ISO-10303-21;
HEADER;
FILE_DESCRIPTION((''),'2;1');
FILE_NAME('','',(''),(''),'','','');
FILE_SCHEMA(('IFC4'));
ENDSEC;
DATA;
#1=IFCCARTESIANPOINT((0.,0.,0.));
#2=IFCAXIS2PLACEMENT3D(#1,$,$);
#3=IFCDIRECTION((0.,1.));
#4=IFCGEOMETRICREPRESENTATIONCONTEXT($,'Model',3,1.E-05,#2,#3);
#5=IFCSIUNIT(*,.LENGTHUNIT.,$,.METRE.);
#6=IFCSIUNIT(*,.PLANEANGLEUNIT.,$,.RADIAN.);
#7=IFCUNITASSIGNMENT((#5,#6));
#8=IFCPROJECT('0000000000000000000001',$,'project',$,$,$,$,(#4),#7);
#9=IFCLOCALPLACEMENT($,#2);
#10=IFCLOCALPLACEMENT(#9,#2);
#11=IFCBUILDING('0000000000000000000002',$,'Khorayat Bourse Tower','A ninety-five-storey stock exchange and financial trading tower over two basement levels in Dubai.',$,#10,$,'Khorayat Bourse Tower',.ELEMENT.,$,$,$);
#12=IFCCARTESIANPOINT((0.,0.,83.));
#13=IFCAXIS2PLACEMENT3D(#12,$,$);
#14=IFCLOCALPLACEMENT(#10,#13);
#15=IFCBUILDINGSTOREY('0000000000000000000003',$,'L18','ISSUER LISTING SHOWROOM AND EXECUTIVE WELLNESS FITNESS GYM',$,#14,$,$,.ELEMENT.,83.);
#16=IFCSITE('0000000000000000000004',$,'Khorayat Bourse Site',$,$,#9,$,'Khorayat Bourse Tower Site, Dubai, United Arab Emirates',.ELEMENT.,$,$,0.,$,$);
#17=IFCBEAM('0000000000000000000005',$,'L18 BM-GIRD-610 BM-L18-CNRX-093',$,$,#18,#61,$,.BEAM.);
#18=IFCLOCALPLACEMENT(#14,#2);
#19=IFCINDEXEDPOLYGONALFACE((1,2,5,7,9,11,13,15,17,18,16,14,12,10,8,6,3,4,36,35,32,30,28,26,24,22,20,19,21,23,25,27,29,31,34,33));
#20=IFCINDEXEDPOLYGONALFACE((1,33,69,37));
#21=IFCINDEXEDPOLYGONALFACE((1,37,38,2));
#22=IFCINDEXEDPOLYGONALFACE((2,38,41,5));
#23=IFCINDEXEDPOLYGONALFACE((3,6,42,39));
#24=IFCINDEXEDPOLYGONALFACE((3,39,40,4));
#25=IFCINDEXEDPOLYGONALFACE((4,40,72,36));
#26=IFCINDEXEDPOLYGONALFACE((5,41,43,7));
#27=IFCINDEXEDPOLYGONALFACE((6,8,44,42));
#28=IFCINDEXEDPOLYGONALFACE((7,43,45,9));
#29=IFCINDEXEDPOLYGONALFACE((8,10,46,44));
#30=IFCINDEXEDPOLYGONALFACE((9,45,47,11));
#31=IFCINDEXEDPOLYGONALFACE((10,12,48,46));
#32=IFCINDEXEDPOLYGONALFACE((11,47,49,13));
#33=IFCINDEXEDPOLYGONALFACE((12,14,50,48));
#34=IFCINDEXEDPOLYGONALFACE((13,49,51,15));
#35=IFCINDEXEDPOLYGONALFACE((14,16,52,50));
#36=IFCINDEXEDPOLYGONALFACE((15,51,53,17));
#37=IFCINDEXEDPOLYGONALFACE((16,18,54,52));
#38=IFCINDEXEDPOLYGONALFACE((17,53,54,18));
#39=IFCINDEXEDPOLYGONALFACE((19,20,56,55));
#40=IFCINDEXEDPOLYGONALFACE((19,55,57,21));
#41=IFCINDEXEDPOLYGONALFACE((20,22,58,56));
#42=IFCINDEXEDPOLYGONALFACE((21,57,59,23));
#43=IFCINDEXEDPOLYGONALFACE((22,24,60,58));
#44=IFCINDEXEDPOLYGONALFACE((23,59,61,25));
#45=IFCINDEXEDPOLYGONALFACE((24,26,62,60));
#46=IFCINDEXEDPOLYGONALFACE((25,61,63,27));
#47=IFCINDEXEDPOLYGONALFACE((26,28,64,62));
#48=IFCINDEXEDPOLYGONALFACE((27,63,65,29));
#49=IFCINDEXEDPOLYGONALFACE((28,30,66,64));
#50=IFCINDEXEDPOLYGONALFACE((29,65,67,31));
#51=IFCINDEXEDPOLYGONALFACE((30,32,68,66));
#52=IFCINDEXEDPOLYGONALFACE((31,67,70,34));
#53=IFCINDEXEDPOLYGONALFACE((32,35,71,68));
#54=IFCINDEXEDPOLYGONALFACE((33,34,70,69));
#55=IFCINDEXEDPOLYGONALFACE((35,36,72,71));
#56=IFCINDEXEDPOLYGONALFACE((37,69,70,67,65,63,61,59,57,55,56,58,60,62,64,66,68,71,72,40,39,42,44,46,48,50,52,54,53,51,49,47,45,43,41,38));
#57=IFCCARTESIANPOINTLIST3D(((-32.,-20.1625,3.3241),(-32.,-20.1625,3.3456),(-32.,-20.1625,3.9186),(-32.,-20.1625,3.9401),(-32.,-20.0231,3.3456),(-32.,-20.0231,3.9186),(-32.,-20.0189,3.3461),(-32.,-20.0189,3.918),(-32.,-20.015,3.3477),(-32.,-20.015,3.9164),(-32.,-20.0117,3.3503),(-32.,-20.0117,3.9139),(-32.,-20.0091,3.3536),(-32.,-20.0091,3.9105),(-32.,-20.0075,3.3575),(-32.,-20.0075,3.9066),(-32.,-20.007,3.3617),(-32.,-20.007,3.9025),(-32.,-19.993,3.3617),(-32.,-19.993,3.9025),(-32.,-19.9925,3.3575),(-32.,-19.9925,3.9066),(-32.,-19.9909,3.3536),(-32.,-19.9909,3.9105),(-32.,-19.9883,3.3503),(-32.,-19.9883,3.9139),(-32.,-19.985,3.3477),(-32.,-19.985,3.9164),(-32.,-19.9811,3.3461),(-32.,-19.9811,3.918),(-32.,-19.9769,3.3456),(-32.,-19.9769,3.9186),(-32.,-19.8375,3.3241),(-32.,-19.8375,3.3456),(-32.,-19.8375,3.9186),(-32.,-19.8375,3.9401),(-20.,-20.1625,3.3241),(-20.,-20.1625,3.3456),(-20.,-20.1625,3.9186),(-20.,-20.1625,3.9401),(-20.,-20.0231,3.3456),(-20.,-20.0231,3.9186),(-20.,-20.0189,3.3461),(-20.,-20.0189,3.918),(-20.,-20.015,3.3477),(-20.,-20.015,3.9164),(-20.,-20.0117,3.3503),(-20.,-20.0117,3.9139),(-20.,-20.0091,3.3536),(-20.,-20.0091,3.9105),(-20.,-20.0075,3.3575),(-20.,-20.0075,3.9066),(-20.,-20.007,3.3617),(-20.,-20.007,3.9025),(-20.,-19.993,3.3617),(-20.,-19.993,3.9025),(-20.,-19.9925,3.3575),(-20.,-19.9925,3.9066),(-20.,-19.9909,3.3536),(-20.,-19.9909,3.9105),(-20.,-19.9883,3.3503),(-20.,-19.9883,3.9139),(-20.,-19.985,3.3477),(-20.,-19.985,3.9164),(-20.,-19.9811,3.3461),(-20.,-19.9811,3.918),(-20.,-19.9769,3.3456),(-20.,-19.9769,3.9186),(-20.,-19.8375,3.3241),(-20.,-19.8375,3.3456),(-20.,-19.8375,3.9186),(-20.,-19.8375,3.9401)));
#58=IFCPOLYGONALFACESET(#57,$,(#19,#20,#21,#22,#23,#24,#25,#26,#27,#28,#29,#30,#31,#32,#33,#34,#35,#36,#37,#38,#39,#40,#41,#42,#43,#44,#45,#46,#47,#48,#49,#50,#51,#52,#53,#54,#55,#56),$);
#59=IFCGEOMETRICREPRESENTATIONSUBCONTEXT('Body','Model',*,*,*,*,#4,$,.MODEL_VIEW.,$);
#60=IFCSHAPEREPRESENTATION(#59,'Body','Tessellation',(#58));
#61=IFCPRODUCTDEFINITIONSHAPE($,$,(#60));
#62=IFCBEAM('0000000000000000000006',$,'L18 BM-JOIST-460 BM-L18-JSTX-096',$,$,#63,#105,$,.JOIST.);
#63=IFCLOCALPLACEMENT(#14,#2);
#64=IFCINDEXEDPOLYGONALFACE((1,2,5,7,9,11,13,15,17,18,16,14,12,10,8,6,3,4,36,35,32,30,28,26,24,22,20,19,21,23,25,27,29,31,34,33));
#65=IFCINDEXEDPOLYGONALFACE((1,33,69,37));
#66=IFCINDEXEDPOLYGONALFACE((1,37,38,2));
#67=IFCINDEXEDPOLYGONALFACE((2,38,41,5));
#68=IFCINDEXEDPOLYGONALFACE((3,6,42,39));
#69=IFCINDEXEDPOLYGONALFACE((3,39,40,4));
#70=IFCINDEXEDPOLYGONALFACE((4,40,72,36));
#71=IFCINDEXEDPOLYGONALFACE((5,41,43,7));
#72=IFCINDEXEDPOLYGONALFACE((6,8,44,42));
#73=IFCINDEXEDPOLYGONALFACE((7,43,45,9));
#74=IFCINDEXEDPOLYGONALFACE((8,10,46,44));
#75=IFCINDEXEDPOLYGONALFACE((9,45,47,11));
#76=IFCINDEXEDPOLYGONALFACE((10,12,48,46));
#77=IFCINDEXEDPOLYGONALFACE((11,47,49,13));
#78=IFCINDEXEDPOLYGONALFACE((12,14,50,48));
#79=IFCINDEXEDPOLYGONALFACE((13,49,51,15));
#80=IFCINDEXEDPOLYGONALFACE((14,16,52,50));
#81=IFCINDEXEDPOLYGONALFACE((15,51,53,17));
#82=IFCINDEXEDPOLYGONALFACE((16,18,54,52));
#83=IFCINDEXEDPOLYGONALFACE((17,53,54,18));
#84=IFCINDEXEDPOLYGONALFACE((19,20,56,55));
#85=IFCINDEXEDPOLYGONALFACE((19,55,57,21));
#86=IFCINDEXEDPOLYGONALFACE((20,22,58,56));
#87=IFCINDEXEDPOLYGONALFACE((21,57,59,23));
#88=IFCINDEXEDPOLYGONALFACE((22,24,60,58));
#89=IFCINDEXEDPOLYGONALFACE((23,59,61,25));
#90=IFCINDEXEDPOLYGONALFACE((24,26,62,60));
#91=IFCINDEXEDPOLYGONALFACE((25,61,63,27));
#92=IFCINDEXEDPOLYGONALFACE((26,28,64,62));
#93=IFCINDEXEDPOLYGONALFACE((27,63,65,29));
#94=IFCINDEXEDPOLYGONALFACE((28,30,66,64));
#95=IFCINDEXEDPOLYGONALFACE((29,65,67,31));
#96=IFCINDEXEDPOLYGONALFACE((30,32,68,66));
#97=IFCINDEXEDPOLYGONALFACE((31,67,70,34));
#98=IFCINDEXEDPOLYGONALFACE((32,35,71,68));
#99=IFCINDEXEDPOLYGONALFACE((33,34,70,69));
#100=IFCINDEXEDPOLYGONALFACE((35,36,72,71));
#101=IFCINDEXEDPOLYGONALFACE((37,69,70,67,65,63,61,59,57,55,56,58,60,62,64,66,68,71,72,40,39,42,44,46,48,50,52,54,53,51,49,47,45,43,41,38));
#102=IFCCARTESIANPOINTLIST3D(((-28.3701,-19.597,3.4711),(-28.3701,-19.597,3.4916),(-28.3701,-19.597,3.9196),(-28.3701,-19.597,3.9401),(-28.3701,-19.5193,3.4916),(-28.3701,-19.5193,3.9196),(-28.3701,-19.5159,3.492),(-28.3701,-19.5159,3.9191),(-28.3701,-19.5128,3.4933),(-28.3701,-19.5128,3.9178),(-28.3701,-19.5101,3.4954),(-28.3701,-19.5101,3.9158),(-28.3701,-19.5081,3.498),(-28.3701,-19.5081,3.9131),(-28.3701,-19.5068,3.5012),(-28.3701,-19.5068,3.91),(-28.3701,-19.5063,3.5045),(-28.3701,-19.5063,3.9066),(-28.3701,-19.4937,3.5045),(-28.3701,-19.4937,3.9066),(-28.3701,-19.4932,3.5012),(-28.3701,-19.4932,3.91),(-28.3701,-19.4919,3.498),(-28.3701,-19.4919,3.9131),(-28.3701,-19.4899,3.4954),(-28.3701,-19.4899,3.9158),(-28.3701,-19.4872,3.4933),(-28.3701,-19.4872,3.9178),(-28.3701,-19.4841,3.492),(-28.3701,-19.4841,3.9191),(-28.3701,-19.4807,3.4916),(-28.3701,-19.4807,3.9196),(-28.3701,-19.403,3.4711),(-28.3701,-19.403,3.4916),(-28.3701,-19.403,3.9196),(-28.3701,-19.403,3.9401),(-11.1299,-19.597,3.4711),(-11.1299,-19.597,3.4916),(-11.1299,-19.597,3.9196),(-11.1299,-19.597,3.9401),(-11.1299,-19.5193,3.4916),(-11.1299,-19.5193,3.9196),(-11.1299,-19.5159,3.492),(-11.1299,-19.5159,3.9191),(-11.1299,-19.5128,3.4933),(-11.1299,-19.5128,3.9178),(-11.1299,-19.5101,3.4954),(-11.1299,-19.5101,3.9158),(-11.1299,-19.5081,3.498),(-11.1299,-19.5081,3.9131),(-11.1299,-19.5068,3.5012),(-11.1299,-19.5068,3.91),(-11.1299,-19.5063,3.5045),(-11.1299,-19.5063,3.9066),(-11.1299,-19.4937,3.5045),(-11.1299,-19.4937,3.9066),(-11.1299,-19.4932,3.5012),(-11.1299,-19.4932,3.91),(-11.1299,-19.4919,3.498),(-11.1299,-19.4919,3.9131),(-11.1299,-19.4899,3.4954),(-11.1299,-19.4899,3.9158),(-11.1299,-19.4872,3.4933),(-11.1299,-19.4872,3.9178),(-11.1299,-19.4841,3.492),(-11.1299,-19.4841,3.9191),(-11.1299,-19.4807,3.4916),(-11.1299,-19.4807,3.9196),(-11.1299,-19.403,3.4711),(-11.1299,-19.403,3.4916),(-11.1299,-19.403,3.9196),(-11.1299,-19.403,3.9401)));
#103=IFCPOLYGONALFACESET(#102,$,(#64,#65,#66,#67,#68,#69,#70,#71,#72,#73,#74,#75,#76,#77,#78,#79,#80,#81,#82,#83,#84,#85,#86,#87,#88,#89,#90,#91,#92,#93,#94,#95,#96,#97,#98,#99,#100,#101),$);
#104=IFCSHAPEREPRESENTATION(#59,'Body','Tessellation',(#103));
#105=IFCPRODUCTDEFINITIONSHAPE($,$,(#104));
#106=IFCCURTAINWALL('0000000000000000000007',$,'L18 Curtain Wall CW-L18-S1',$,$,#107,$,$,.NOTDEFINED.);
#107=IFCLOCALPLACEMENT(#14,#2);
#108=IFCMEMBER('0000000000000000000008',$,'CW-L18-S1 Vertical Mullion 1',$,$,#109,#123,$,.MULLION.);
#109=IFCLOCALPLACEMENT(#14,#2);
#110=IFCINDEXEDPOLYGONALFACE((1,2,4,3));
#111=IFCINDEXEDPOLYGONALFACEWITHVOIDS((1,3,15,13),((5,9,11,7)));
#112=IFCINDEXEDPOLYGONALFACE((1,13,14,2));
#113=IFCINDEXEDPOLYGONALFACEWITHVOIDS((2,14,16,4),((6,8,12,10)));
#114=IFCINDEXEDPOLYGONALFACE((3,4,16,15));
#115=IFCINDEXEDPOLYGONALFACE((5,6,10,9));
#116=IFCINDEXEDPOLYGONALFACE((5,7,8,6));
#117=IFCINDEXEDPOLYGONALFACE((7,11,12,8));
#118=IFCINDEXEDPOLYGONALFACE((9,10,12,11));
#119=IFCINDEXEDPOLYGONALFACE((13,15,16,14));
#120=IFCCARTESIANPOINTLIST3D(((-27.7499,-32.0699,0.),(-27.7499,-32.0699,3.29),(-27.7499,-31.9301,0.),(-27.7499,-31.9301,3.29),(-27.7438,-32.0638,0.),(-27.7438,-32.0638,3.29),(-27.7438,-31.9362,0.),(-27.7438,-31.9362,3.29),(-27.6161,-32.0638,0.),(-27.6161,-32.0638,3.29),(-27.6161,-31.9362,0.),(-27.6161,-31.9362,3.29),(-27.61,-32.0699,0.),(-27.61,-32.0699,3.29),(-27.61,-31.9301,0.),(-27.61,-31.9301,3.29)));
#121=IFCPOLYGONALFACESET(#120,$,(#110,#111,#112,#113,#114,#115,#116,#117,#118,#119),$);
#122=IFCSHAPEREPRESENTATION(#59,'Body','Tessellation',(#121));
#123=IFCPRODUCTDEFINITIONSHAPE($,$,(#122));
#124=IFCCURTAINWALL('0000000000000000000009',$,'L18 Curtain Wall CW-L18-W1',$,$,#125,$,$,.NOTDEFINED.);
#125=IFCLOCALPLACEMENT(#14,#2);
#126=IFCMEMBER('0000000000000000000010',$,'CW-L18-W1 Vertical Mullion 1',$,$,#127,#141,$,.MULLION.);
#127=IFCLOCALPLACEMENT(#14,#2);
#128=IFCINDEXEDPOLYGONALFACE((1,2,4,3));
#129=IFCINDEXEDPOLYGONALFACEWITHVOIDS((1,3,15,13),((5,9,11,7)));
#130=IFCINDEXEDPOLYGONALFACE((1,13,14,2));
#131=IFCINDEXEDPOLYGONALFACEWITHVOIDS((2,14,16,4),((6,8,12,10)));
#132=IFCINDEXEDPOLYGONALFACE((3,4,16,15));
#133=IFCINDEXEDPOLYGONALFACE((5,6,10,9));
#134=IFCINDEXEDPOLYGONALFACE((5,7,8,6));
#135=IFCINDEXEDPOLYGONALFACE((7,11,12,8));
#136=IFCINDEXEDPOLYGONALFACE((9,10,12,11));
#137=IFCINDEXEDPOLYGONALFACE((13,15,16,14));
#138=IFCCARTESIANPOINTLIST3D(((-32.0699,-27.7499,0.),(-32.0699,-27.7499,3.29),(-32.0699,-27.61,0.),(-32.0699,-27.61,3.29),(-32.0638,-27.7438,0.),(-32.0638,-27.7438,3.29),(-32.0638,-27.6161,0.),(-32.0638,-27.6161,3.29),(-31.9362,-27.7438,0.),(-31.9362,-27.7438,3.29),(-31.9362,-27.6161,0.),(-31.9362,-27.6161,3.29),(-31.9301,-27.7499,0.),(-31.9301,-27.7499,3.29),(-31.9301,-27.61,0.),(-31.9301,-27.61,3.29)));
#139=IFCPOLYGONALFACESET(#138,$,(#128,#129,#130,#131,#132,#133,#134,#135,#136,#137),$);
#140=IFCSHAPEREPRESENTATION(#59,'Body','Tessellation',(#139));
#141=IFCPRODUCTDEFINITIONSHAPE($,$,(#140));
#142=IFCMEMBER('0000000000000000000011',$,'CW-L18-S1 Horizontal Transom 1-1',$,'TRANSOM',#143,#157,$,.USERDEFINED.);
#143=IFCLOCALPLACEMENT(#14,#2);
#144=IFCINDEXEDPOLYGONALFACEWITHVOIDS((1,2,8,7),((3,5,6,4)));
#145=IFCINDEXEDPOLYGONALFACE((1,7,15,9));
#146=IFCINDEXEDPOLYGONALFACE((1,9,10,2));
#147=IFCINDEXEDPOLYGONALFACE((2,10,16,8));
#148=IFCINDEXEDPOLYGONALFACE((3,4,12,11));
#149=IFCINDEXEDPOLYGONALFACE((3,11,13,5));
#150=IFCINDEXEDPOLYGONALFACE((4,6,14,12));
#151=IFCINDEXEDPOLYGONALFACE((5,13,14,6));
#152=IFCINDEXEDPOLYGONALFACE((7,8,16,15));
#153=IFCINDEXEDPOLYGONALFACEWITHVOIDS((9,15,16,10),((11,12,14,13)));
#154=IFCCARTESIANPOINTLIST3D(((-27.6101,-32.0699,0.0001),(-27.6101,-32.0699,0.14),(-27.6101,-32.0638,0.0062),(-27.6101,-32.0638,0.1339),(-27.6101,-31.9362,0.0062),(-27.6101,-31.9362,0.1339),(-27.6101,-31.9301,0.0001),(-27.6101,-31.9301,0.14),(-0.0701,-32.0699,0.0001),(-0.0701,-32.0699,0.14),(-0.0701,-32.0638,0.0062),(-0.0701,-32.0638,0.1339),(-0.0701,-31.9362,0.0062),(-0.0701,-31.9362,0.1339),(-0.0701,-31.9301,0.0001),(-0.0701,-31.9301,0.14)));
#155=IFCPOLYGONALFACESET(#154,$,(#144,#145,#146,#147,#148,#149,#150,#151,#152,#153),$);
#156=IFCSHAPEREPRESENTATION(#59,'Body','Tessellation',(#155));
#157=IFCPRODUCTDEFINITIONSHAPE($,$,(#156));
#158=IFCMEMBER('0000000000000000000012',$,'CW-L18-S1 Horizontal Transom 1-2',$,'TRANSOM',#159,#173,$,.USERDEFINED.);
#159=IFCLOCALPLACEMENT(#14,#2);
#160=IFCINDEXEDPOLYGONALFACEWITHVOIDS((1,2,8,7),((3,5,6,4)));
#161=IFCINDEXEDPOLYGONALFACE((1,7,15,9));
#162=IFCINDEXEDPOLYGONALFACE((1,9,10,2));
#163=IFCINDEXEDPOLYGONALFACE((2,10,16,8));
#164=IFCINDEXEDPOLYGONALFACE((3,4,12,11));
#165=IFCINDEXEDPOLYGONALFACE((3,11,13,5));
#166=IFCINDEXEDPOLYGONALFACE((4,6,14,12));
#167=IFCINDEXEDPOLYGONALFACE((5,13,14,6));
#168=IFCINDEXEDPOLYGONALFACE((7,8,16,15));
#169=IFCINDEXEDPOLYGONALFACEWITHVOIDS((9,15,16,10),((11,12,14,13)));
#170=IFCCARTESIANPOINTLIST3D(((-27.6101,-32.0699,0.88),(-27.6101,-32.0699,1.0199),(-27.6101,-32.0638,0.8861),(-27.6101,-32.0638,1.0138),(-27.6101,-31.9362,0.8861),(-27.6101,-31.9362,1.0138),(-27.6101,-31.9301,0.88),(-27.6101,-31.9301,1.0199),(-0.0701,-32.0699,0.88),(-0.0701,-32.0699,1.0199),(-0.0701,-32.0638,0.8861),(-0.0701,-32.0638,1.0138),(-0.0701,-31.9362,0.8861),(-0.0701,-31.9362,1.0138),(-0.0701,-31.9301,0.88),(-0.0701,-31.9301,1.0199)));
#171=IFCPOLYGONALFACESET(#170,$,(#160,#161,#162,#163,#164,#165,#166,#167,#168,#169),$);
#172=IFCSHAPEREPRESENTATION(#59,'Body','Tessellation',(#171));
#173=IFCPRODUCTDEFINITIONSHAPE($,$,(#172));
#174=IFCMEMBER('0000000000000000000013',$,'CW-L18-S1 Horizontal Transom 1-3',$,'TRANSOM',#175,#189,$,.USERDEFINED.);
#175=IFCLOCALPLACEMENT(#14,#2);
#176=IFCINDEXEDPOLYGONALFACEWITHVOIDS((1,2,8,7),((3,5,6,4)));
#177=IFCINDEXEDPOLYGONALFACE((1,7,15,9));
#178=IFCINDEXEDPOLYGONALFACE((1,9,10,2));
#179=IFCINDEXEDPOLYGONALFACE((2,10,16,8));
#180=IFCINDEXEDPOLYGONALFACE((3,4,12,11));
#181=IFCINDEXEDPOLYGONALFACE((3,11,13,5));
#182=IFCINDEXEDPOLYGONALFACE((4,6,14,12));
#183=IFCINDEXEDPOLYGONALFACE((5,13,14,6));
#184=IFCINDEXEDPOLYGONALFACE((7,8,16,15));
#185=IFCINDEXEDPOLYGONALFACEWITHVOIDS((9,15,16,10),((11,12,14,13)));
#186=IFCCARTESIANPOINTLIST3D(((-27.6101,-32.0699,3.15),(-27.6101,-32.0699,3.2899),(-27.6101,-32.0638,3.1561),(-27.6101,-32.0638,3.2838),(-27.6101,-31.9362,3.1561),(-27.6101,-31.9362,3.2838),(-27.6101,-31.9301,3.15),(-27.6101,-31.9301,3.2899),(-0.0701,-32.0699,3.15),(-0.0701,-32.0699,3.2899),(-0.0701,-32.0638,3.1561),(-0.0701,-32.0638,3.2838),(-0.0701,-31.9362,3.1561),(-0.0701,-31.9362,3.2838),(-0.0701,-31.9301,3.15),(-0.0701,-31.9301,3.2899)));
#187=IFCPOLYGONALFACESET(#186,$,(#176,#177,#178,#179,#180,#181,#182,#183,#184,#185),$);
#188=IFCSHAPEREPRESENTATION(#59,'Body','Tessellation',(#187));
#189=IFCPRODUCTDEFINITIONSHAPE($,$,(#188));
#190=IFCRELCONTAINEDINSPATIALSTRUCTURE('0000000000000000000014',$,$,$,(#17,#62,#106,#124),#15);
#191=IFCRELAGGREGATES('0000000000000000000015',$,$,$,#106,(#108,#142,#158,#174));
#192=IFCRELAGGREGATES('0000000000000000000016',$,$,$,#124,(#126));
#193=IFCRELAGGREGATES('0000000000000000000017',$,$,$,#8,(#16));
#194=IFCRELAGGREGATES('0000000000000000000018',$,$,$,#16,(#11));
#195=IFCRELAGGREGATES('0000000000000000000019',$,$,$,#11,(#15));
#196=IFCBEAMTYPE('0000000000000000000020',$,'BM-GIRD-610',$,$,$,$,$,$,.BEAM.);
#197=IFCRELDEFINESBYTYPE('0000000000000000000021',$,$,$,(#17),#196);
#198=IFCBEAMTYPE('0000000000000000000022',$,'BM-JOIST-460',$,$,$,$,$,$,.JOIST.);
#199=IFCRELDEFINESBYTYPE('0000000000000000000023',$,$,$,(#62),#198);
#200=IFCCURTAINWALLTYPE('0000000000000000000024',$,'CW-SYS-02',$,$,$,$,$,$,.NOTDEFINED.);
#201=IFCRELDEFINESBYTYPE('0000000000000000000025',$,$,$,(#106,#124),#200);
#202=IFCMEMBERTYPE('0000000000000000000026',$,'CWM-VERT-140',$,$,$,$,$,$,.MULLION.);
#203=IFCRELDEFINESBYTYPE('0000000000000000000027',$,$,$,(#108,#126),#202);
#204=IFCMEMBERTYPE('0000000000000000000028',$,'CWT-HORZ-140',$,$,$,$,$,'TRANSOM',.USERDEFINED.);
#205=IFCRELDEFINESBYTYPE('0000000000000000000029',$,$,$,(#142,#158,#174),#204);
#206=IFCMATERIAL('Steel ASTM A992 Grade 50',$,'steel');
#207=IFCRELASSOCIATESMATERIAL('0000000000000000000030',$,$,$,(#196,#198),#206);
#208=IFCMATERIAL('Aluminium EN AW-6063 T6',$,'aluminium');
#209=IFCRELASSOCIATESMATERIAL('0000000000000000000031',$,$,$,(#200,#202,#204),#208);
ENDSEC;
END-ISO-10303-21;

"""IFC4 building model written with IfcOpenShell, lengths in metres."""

from ifc_helpers import new_model, si_unit, direction, frame, origin, origin_2d, place, context, subcontext, project, spatial, hollow_rectangle, i_section, extrude, source, transform, mapped, material, material_profile, profile_set, type_object, element, aggregate, save


model = new_model("IFC4")

# Units and contexts
model_context = context("Model", 3, precision=1e-05, world=origin(), true_north=direction((0.0, 1.0)))
body_context = subcontext(model_context, "Body", "Model", "MODEL_VIEW")
ifc_project = project(units=[si_unit("LENGTHUNIT", "METRE"), si_unit("PLANEANGLEUNIT", "RADIAN")], contexts=[model_context])

# Site, building, storey
site_placement = place(None, origin())
site = spatial("IfcSite", under=ifc_project, at=site_placement, Name="Khorayat Bourse Site", LongName="Khorayat Bourse Tower Site, Dubai, United Arab Emirates", CompositionType="ELEMENT", RefElevation=0.0)
building_placement = place(site_placement, origin())
building = spatial("IfcBuilding", under=site, at=building_placement, Name="Khorayat Bourse Tower", Description="A ninety-five-storey stock exchange and financial trading tower over two basement levels in Dubai.", LongName="Khorayat Bourse Tower", CompositionType="ELEMENT")
storey_placement = place(building_placement, frame((0.0, 0.0, 83.0)))
storey = spatial("IfcBuildingStorey", under=building, at=storey_placement, Name="L18", Description="ISSUER LISTING SHOWROOM AND EXECUTIVE WELLNESS FITNESS GYM", CompositionType="ELEMENT", Elevation=83.0)

# Beams
ifc_material_1 = material(Name="Steel ASTM A992 Grade 50", Category="steel")
ifc_material_profile_1 = material_profile(ifc_material_1, i_section(OverallWidth=0.325, OverallDepth=0.616, WebThickness=0.0139, FlangeThickness=0.0215, FilletRadius=0.0161, at=origin_2d()), Name="W610X174")
ifc_profile_set_1 = profile_set([ifc_material_profile_1], Name="Steel ASTM A992 Grade 50")
beam_type_1 = type_object("IfcBeamType", Name="BM-GIRD-610", PredefinedType="BEAM", material=ifc_profile_set_1)
shared_shape_1 = source(origin(), body_context, "Body", "SweptSolid", [
    extrude(i_section(OverallWidth=0.325, OverallDepth=0.616, WebThickness=0.0139, FlangeThickness=0.0215, FilletRadius=0.0161, at=origin_2d()), origin(), (0.0, 0.0, 1.0), 12.0),
])
beam_1_placement = place(storey_placement, frame((-32.0, -20.0, 3.6321), z_axis=(1.0, 0.0, 0.0), x_axis=(0.0, 1.0, 0.0)))
element("IfcBeam", 1, at=beam_1_placement, inside=storey, type_object=beam_type_1, Name="L18 BM-GIRD-610 BM-L18-CNRX-093", PredefinedType="BEAM", context=body_context, shape_type="MappedRepresentation", body=[
    mapped(shared_shape_1, transform((0.0, 0.0, 0.0), scale=1.0)),
])
ifc_material_profile_2 = material_profile(ifc_material_1, i_section(OverallWidth=0.1941, OverallDepth=0.469, WebThickness=0.0127, FlangeThickness=0.0205, FilletRadius=0.0129, at=origin_2d()), Name="W460X106")
ifc_profile_set_2 = profile_set([ifc_material_profile_2], Name="Steel ASTM A992 Grade 50")
beam_type_2 = type_object("IfcBeamType", Name="BM-JOIST-460", PredefinedType="JOIST", material=ifc_profile_set_2)
shared_shape_2 = source(origin(), body_context, "Body", "SweptSolid", [
    extrude(i_section(OverallWidth=0.1941, OverallDepth=0.469, WebThickness=0.0127, FlangeThickness=0.0205, FilletRadius=0.0129, at=origin_2d()), origin(), (0.0, 0.0, 1.0), 17.2402),
])
beam_2_placement = place(storey_placement, frame((-28.3701, -19.5, 3.7056), z_axis=(1.0, 0.0, 0.0), x_axis=(0.0, 1.0, 0.0)))
element("IfcBeam", 2, at=beam_2_placement, inside=storey, type_object=beam_type_2, Name="L18 BM-JOIST-460 BM-L18-JSTX-096", PredefinedType="JOIST", context=body_context, shape_type="MappedRepresentation", body=[
    mapped(shared_shape_2, transform((0.0, 0.0, 0.0), scale=1.0)),
])

# Curtain walls, members
ifc_material_2 = material(Name="Aluminium EN AW-6063 T6", Category="aluminium")
curtain_wall_type = type_object("IfcCurtainWallType", Name="CW-SYS-02", PredefinedType="NOTDEFINED", material=ifc_material_2)
curtain_wall_1_placement = place(storey_placement, origin())
curtain_wall_1 = element("IfcCurtainWall", 3, at=curtain_wall_1_placement, inside=storey, type_object=curtain_wall_type, Name="L18 Curtain Wall CW-L18-S1", PredefinedType="NOTDEFINED")
ifc_material_profile_3 = material_profile(ifc_material_2, hollow_rectangle(XDim=0.1399, YDim=0.1399, WallThickness=0.0061, at=origin_2d()), Name="ALU 140x140x6")
ifc_profile_set_3 = profile_set([ifc_material_profile_3], Name="Aluminium EN AW-6063 T6")
member_type_1 = type_object("IfcMemberType", Name="CWM-VERT-140", PredefinedType="MULLION", material=ifc_profile_set_3)
shared_shape_3 = source(origin(), body_context, "Body", "SweptSolid", [
    extrude(hollow_rectangle(XDim=0.1399, YDim=0.1399, WallThickness=0.0061, at=origin_2d()), origin(), (0.0, 0.0, 1.0), 3.29),
])
member_1_placement = place(storey_placement, frame((-27.6799, -32.0, 0.0), z_axis=(0.0, 0.0, 1.0), x_axis=(0.0, 1.0, 0.0)))
member_1 = element("IfcMember", 4, at=member_1_placement, type_object=member_type_1, Name="CW-L18-S1 Vertical Mullion 1", PredefinedType="MULLION", context=body_context, shape_type="MappedRepresentation", body=[
    mapped(shared_shape_3, transform((0.0, 0.0, 0.0), scale=1.0)),
])
curtain_wall_2_placement = place(storey_placement, origin())
curtain_wall_2 = element("IfcCurtainWall", 5, at=curtain_wall_2_placement, inside=storey, type_object=curtain_wall_type, Name="L18 Curtain Wall CW-L18-W1", PredefinedType="NOTDEFINED")
member_2_placement = place(storey_placement, frame((-32.0, -27.6799, 0.0), z_axis=(0.0, 0.0, 1.0), x_axis=(-1.0, 0.0, 0.0)))
member_2 = element("IfcMember", 6, at=member_2_placement, type_object=member_type_1, Name="CW-L18-W1 Vertical Mullion 1", PredefinedType="MULLION", context=body_context, shape_type="MappedRepresentation", body=[
    mapped(shared_shape_3, transform((0.0, 0.0, 0.0), scale=1.0)),
])

# Members
ifc_material_profile_4 = material_profile(ifc_material_2, hollow_rectangle(XDim=0.1399, YDim=0.1399, WallThickness=0.0061, at=origin_2d()), Name="ALU 140x140x6")
ifc_profile_set_4 = profile_set([ifc_material_profile_4], Name="Aluminium EN AW-6063 T6")
member_type_2 = type_object("IfcMemberType", Name="CWT-HORZ-140", ElementType="TRANSOM", PredefinedType="USERDEFINED", material=ifc_profile_set_4)
shared_shape_4 = source(origin(), body_context, "Body", "SweptSolid", [
    extrude(hollow_rectangle(XDim=0.1399, YDim=0.1399, WallThickness=0.0061, at=origin_2d()), origin(), (0.0, 0.0, 1.0), 27.54),
])
member_3_placement = place(storey_placement, frame((-27.6101, -32.0, 0.0701), z_axis=(1.0, 0.0, 0.0), x_axis=(0.0, 1.0, 0.0)))
member_3 = element("IfcMember", 7, at=member_3_placement, type_object=member_type_2, Name="CW-L18-S1 Horizontal Transom 1-1", ObjectType="TRANSOM", PredefinedType="USERDEFINED", context=body_context, shape_type="MappedRepresentation", body=[
    mapped(shared_shape_4, transform((0.0, 0.0, 0.0), scale=1.0)),
])
member_4_placement = place(storey_placement, frame((-27.6101, -32.0, 0.95), z_axis=(1.0, 0.0, 0.0), x_axis=(0.0, 1.0, 0.0)))
member_4 = element("IfcMember", 8, at=member_4_placement, type_object=member_type_2, Name="CW-L18-S1 Horizontal Transom 1-2", ObjectType="TRANSOM", PredefinedType="USERDEFINED", context=body_context, shape_type="MappedRepresentation", body=[
    mapped(shared_shape_4, transform((0.0, 0.0, 0.0), scale=1.0)),
])
member_5_placement = place(storey_placement, frame((-27.6101, -32.0, 3.22), z_axis=(1.0, 0.0, 0.0), x_axis=(0.0, 1.0, 0.0)))
member_5 = element("IfcMember", 9, at=member_5_placement, type_object=member_type_2, Name="CW-L18-S1 Horizontal Transom 1-3", ObjectType="TRANSOM", PredefinedType="USERDEFINED", context=body_context, shape_type="MappedRepresentation", body=[
    mapped(shared_shape_4, transform((0.0, 0.0, 0.0), scale=1.0)),
])
aggregate(curtain_wall_1, [member_1, member_3, member_4, member_5])
aggregate(curtain_wall_2, [member_2])

save(model, "model.ifc")
